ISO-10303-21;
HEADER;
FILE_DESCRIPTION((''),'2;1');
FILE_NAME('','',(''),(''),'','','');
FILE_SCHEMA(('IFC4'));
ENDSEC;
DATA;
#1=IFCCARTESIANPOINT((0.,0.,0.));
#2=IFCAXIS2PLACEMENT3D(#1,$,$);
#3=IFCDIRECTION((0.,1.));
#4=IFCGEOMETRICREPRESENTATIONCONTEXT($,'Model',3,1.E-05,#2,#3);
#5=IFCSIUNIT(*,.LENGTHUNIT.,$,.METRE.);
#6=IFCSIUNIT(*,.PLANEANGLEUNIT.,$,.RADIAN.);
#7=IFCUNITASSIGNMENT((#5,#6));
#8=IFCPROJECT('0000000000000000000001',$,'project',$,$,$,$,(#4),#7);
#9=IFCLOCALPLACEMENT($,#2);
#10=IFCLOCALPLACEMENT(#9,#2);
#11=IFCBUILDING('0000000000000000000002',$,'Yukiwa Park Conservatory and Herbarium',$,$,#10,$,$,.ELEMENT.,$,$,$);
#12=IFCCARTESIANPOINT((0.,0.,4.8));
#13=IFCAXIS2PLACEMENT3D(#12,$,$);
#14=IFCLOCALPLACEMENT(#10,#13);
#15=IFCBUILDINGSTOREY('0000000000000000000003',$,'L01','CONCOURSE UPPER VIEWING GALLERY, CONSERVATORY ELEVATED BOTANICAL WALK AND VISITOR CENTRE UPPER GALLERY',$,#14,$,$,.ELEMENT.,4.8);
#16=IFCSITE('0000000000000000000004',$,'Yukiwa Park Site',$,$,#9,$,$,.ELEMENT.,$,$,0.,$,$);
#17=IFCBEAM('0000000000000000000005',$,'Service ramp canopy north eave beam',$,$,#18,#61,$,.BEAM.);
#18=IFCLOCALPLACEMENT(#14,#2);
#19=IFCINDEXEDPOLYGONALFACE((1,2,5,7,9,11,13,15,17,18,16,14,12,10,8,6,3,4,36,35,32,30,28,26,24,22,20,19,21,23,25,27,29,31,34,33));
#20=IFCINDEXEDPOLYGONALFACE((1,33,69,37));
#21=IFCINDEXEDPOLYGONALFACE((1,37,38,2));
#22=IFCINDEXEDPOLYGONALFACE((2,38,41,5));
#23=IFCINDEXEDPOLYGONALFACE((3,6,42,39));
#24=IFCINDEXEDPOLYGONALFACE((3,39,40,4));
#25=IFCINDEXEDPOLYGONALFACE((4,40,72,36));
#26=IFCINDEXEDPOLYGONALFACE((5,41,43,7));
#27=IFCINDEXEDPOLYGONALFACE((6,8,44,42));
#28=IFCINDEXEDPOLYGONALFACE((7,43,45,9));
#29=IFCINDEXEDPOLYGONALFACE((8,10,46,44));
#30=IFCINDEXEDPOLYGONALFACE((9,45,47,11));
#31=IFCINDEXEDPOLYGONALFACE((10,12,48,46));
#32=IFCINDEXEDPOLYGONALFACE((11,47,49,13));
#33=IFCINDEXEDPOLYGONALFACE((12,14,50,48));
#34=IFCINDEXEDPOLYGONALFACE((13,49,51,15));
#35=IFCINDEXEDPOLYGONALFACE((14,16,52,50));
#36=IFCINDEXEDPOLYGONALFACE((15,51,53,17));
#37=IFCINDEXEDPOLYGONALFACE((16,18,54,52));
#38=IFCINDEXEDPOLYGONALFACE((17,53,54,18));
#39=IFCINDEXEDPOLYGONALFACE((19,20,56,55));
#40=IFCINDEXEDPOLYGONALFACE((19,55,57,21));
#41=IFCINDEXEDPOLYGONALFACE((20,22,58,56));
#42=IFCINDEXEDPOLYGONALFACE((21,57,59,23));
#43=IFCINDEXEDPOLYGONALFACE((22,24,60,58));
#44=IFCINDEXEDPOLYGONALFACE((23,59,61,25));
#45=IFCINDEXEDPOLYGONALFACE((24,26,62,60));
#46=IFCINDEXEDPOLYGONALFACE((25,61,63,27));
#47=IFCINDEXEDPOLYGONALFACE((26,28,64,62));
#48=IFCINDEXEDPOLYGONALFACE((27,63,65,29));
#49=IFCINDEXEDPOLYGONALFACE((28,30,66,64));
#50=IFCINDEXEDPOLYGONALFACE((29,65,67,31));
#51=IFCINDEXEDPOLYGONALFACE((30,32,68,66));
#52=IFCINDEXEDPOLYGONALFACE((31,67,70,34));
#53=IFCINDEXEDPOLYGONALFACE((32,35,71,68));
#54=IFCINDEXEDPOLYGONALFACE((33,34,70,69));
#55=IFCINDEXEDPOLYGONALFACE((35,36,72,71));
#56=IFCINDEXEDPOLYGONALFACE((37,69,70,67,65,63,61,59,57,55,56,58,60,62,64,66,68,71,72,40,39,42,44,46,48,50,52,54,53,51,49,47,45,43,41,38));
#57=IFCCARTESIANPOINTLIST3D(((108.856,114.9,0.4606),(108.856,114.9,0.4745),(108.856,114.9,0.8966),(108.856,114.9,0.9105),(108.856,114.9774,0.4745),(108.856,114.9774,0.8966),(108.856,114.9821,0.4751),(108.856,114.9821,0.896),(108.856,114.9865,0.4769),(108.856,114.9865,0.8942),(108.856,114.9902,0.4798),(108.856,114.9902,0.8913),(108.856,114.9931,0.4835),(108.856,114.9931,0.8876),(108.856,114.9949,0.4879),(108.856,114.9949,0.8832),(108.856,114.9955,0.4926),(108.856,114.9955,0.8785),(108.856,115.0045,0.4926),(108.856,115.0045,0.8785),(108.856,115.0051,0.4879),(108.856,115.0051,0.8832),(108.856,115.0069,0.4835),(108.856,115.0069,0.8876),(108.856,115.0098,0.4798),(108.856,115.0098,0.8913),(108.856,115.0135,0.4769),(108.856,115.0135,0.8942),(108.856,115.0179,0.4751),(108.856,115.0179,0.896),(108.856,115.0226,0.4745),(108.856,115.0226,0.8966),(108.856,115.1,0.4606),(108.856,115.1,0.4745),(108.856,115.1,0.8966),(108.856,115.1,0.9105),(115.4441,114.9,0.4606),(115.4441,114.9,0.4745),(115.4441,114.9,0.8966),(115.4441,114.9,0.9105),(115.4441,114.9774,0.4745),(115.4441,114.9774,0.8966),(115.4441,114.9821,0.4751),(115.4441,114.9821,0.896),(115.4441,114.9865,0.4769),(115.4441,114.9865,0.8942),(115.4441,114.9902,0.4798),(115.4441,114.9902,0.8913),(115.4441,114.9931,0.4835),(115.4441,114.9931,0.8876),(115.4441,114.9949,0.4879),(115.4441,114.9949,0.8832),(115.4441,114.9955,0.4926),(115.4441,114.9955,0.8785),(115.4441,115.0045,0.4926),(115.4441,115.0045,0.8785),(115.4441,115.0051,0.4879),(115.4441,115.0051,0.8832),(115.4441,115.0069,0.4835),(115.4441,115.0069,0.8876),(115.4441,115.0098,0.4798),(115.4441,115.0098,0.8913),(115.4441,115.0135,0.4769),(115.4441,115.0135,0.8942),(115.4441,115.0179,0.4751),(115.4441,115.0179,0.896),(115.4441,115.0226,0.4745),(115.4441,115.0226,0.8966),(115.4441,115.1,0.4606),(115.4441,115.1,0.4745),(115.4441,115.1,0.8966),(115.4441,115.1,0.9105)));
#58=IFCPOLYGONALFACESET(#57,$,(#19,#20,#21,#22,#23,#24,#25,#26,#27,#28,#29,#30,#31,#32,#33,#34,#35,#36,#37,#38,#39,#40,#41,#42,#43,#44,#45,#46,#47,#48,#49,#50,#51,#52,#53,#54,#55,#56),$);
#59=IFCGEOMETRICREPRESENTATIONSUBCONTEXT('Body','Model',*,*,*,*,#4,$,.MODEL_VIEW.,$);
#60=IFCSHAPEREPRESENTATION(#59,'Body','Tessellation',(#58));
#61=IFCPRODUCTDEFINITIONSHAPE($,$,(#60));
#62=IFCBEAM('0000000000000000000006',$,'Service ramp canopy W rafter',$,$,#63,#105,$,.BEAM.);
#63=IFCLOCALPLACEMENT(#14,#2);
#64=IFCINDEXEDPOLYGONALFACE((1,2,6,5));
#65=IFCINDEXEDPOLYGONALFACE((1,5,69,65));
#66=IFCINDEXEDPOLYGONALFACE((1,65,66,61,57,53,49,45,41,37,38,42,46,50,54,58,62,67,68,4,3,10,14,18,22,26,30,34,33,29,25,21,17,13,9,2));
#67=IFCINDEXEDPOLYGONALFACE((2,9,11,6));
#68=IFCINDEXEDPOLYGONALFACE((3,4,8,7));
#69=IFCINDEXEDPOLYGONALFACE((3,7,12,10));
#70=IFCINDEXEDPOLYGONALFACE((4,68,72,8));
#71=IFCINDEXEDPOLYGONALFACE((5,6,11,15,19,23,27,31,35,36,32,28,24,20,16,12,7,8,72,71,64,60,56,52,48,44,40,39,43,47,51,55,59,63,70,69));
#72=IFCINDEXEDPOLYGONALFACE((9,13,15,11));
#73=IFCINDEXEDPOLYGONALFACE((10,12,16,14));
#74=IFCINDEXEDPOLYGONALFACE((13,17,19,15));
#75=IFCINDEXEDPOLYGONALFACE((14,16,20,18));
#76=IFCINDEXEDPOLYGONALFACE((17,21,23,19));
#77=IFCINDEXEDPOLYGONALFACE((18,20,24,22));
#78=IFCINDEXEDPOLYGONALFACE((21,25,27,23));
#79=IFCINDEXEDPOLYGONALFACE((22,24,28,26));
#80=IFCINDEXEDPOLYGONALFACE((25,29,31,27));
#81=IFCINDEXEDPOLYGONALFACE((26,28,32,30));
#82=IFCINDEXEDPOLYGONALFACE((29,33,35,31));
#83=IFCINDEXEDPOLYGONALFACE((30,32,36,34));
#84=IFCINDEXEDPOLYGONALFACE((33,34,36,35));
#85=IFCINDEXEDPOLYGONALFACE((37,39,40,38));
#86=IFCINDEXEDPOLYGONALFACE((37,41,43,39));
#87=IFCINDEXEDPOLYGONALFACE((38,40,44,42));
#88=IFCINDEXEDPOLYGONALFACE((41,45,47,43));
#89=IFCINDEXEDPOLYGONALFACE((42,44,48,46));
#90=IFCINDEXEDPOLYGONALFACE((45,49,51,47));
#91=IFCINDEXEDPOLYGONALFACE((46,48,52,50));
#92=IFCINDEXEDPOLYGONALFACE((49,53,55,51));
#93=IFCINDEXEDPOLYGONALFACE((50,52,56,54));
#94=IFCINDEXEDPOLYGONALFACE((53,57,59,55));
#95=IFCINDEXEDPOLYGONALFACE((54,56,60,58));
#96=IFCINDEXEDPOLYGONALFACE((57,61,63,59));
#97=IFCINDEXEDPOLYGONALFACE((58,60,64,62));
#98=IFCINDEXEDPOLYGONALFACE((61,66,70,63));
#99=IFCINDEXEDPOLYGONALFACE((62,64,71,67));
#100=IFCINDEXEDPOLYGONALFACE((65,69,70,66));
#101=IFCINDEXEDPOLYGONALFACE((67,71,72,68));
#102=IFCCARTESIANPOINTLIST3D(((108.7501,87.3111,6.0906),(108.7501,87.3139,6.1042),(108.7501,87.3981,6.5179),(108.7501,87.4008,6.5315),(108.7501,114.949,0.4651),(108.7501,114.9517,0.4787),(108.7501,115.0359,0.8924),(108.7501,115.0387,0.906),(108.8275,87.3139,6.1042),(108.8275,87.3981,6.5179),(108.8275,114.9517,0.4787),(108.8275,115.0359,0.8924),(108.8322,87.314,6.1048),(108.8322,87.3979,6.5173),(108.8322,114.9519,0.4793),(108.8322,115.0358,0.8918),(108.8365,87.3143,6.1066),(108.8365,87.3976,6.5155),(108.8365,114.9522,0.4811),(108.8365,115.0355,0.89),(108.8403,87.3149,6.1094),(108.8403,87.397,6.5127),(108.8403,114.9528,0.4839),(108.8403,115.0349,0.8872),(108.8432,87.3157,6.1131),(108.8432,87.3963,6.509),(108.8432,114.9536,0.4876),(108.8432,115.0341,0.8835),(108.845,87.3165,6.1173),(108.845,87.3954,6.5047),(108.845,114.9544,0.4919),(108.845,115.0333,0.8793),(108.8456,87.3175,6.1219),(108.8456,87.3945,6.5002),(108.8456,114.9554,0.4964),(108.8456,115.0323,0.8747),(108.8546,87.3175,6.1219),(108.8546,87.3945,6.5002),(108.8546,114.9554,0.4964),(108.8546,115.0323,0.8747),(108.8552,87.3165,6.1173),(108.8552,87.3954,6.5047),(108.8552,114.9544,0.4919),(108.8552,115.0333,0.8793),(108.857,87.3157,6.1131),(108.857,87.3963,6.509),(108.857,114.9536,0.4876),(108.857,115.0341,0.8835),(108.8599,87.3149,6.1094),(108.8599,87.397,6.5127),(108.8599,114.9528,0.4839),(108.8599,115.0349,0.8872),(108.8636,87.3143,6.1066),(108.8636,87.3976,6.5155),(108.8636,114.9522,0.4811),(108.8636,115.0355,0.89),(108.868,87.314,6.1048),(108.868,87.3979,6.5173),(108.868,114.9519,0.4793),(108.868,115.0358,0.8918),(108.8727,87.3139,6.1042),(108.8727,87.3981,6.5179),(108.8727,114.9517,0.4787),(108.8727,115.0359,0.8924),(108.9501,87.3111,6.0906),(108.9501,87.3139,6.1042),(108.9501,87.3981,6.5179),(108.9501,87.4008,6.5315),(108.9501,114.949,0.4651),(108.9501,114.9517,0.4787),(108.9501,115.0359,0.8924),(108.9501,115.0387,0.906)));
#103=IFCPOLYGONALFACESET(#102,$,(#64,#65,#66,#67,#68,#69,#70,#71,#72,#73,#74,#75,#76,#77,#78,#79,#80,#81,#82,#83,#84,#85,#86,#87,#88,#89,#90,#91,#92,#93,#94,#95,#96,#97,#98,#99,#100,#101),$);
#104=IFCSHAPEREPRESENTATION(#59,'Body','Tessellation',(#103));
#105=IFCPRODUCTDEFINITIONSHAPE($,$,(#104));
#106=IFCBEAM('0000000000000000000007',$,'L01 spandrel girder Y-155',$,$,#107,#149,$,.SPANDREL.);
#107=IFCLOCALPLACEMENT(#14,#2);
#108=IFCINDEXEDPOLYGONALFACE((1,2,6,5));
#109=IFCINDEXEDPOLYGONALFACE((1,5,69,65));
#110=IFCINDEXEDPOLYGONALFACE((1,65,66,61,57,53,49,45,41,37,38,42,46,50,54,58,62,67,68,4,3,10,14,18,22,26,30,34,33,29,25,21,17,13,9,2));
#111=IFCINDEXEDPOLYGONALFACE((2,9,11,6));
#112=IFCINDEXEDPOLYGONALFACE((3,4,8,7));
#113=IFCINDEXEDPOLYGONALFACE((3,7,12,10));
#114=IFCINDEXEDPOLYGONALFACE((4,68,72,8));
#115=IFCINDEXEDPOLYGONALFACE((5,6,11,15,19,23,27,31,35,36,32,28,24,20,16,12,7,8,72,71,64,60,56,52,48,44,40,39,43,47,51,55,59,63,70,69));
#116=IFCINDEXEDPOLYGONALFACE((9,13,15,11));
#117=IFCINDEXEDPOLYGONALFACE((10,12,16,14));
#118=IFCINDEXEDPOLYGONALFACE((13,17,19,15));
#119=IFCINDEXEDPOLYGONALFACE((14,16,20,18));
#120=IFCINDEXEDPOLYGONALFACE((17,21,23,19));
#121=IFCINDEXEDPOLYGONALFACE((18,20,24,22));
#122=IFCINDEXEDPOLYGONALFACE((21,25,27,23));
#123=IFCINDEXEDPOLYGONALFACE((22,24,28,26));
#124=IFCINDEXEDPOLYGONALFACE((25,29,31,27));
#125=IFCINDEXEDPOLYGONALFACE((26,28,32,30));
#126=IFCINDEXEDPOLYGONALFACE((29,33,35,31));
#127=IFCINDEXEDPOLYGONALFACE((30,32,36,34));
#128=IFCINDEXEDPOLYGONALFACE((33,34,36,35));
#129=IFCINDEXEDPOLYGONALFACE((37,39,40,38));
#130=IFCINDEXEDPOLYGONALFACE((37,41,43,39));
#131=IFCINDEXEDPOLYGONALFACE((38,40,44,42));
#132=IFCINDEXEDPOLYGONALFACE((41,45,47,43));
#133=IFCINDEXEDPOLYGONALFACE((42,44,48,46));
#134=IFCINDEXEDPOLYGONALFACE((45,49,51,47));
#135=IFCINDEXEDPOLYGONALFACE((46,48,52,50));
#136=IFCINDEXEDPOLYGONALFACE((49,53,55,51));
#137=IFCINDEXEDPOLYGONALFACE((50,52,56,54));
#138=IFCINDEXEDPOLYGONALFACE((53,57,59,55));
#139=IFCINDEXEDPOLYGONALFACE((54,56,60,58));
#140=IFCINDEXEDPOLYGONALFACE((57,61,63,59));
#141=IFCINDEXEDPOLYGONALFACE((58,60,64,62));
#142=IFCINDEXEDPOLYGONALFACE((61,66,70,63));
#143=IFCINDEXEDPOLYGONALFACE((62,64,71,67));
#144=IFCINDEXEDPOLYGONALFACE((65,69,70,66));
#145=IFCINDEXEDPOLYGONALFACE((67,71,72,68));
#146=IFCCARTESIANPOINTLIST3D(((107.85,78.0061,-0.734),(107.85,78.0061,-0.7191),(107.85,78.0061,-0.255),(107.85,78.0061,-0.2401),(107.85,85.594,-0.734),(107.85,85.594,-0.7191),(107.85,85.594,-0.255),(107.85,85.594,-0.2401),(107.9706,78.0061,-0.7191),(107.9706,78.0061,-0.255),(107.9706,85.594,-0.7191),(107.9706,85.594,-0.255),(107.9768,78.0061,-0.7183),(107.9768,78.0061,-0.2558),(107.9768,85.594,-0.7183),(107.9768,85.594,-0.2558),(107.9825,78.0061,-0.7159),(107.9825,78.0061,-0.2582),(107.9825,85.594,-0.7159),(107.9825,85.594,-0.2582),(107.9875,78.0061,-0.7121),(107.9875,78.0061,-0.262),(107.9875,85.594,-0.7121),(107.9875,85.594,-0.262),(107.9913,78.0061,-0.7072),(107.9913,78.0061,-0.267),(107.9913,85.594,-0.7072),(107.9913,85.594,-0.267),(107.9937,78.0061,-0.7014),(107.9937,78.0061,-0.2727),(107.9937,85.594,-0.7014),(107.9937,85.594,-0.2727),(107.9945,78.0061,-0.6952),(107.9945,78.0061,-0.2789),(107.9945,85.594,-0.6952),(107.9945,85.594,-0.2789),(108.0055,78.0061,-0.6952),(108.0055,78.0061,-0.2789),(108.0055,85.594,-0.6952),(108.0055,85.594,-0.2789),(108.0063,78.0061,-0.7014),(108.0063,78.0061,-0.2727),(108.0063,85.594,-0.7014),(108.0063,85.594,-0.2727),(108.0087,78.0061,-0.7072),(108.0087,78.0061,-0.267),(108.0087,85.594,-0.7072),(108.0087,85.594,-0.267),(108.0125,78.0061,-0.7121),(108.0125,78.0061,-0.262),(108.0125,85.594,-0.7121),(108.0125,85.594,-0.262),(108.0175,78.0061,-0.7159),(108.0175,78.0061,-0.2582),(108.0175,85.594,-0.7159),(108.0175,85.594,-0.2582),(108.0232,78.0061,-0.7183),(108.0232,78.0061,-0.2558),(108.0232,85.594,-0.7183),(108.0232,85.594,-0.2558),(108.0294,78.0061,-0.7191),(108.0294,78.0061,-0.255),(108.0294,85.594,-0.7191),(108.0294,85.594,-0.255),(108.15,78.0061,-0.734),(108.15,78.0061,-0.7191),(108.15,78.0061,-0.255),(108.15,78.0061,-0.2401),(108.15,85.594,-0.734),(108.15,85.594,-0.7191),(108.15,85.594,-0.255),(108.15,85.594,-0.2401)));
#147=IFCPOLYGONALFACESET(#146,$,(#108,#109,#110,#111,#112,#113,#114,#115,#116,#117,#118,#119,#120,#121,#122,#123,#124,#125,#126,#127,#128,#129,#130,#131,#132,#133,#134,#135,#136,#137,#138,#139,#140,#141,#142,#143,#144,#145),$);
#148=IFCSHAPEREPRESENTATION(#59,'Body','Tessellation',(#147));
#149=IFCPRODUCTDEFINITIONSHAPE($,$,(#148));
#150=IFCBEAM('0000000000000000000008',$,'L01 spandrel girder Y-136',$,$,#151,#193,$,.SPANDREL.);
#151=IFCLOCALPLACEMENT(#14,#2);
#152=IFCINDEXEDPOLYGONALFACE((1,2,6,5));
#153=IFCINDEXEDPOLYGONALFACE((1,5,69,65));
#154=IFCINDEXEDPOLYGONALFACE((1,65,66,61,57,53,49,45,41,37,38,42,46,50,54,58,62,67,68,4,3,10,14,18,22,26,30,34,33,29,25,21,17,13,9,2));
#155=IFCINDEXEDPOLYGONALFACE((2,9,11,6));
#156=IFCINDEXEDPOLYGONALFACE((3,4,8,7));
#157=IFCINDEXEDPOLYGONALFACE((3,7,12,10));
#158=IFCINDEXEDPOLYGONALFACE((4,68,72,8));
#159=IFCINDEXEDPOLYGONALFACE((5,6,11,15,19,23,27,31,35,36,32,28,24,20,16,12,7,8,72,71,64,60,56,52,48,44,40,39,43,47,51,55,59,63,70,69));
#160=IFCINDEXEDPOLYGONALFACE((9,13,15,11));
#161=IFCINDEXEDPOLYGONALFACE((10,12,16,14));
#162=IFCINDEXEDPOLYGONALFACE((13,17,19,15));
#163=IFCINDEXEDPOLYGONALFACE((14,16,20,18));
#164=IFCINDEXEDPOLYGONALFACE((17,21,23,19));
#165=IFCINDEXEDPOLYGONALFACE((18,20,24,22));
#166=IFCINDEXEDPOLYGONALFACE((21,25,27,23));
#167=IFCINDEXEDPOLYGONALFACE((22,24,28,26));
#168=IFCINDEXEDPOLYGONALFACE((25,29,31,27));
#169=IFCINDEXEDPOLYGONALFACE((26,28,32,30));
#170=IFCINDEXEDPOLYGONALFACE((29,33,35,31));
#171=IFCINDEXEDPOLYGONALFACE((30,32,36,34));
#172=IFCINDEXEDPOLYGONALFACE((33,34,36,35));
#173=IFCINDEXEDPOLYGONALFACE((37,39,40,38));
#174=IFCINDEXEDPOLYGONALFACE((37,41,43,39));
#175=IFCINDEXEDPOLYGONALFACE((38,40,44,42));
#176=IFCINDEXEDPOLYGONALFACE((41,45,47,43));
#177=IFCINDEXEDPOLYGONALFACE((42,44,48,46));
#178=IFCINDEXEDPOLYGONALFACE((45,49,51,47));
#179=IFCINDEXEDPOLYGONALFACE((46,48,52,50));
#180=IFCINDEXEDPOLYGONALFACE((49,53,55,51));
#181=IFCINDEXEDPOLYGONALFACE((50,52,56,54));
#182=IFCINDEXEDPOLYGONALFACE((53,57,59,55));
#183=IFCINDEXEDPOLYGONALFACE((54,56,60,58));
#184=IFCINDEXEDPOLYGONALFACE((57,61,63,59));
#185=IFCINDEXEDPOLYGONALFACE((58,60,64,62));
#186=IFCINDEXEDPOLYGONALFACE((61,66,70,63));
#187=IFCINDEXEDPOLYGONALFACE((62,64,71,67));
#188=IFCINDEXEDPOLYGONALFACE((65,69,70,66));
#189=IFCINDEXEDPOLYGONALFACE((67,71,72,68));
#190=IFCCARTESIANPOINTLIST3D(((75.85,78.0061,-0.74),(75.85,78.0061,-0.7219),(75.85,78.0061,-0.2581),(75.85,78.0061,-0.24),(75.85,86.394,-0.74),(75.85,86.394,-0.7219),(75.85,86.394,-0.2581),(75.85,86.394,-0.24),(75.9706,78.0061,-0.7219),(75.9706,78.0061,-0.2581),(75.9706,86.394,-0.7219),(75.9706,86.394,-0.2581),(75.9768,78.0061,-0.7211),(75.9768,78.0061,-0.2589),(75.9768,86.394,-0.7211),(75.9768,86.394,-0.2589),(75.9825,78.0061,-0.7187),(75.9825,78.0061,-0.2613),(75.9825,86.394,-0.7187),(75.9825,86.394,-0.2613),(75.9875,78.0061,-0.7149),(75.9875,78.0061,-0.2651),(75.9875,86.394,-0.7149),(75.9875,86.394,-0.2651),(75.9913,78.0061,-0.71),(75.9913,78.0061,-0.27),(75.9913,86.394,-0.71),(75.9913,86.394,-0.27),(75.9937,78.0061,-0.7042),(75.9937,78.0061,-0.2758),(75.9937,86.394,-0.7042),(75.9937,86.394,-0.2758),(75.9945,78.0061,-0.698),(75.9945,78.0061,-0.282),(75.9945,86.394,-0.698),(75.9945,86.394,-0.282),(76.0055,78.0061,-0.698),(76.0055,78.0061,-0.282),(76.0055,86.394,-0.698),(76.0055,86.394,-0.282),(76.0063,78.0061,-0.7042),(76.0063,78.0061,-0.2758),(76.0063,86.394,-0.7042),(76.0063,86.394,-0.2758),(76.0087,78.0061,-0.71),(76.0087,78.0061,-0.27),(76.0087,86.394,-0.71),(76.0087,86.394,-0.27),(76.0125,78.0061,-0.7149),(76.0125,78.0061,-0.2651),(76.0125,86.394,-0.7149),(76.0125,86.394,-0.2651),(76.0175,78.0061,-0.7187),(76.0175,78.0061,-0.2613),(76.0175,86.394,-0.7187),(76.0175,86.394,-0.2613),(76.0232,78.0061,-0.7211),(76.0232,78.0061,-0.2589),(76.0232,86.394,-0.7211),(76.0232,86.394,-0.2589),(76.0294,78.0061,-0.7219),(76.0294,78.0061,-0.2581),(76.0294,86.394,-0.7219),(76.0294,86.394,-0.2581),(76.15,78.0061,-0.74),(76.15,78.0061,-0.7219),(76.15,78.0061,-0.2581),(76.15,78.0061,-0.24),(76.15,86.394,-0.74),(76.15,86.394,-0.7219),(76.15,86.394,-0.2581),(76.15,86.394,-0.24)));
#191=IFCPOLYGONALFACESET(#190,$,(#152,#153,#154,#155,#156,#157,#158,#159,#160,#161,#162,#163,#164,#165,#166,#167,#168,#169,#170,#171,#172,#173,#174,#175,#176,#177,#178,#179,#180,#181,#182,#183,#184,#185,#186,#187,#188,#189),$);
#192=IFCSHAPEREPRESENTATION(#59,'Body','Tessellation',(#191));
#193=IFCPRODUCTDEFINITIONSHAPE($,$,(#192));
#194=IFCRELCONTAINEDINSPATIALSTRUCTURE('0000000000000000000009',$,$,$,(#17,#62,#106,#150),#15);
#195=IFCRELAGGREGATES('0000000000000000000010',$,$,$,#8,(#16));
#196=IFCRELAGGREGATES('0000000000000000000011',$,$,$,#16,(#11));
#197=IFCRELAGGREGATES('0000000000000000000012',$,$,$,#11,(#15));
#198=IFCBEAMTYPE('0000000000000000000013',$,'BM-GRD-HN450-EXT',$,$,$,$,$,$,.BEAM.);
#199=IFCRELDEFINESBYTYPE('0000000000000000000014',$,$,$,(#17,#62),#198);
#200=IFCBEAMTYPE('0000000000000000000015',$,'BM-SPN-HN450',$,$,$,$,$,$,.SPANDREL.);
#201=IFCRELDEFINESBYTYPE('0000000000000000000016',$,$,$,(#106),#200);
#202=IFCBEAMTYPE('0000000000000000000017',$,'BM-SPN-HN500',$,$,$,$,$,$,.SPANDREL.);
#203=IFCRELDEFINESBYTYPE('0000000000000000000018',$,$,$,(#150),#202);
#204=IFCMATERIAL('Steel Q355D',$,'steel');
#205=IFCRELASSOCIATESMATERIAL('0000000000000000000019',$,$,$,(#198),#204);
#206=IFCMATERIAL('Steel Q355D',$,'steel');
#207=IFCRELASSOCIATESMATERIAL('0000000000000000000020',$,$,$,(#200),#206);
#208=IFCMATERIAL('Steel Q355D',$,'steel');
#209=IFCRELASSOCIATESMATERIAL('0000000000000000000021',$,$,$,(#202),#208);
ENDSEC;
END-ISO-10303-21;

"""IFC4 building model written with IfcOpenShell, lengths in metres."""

from ifc_helpers import new_model, si_unit, direction, frame, origin, origin_2d, place, context, subcontext, project, spatial, i_section, extrude, material, material_profile, profile_set, type_object, element, save


model = new_model("IFC4")

# Units and contexts
model_context = context("Model", 3, precision=1e-05, world=origin(), true_north=direction((0.0, 1.0)))
body_context = subcontext(model_context, "Body", "Model", "MODEL_VIEW")
ifc_project = project(units=[si_unit("LENGTHUNIT", "METRE"), si_unit("PLANEANGLEUNIT", "RADIAN")], contexts=[model_context])

# Site, building, storey
site_placement = place(None, origin())
site = spatial("IfcSite", under=ifc_project, at=site_placement, Name="Yukiwa Park Site", CompositionType="ELEMENT", RefElevation=0.0)
building_placement = place(site_placement, origin())
building = spatial("IfcBuilding", under=site, at=building_placement, Name="Yukiwa Park Conservatory and Herbarium", CompositionType="ELEMENT")
storey_placement = place(building_placement, frame((0.0, 0.0, 4.8)))
storey = spatial("IfcBuildingStorey", under=building, at=storey_placement, Name="L01", Description="CONCOURSE UPPER VIEWING GALLERY, CONSERVATORY ELEVATED BOTANICAL WALK AND VISITOR CENTRE UPPER GALLERY", CompositionType="ELEMENT", Elevation=4.8)

# Beams
ifc_material_1 = material(Name="Steel Q355D", Category="steel")
ifc_material_profile_1 = material_profile(ifc_material_1, i_section(OverallWidth=0.2, OverallDepth=0.45, WebThickness=0.009, FlangeThickness=0.0139, FilletRadius=0.0181, at=origin_2d()), Name="HN 450x200x9x14")
ifc_profile_set_1 = profile_set([ifc_material_profile_1], Name="Steel Q355D")
beam_type_1 = type_object("IfcBeamType", Name="BM-GRD-HN450-EXT", PredefinedType="BEAM", material=ifc_profile_set_1)
beam_1_placement = place(storey_placement, frame((108.856, 115.0, 0.6855), z_axis=(1.0, 0.0, 0.0), x_axis=(0.0, 1.0, 0.0)))
element("IfcBeam", 1, at=beam_1_placement, inside=storey, type_object=beam_type_1, Name="Service ramp canopy north eave beam", PredefinedType="BEAM", context=body_context, shape_type="SweptSolid", body=[
    extrude(i_section(OverallWidth=0.2, OverallDepth=0.45, WebThickness=0.009, FlangeThickness=0.0139, FilletRadius=0.0181, at=origin_2d()), origin(), (0.0, 0.0, 1.0), 6.5881),
])
beam_2_placement = place(storey_placement, frame((108.8501, 87.356, 6.311), z_axis=(0.0, 0.979907, -0.199453), x_axis=(-1.0, 0.0, 0.0)))
element("IfcBeam", 2, at=beam_2_placement, inside=storey, type_object=beam_type_1, Name="Service ramp canopy W rafter", PredefinedType="BEAM", context=body_context, shape_type="SweptSolid", body=[
    extrude(i_section(OverallWidth=0.2, OverallDepth=0.45, WebThickness=0.009, FlangeThickness=0.0139, FilletRadius=0.0181, at=origin_2d()), origin(), (0.0, 0.0, 1.0), 28.2046),
])
ifc_material_2 = material(Name="Steel Q355D", Category="steel")
ifc_material_profile_2 = material_profile(ifc_material_2, i_section(OverallWidth=0.3, OverallDepth=0.4939, WebThickness=0.011, FlangeThickness=0.0149, FilletRadius=0.0239, at=origin_2d()), Name="HM 494x300x11x15")
ifc_profile_set_2 = profile_set([ifc_material_profile_2], Name="Steel Q355D")
beam_type_2 = type_object("IfcBeamType", Name="BM-SPN-HN450", PredefinedType="SPANDREL", material=ifc_profile_set_2)
beam_3_placement = place(storey_placement, frame((108.0, 78.0061, -0.4871), z_axis=(0.0, 1.0, 0.0), x_axis=(-1.0, 0.0, 0.0)))
element("IfcBeam", 3, at=beam_3_placement, inside=storey, type_object=beam_type_2, Name="L01 spandrel girder Y-155", PredefinedType="SPANDREL", context=body_context, shape_type="SweptSolid", body=[
    extrude(i_section(OverallWidth=0.3, OverallDepth=0.4939, WebThickness=0.011, FlangeThickness=0.0149, FilletRadius=0.0239, at=origin_2d()), origin(), (0.0, 0.0, 1.0), 7.5879),
])
ifc_material_3 = material(Name="Steel Q355D", Category="steel")
ifc_material_profile_3 = material_profile(ifc_material_3, i_section(OverallWidth=0.3, OverallDepth=0.5, WebThickness=0.011, FlangeThickness=0.0181, FilletRadius=0.0239, at=origin_2d()), Name="HM 500x300x11x18")
ifc_profile_set_3 = profile_set([ifc_material_profile_3], Name="Steel Q355D")
beam_type_3 = type_object("IfcBeamType", Name="BM-SPN-HN500", PredefinedType="SPANDREL", material=ifc_profile_set_3)
beam_4_placement = place(storey_placement, frame((76.0, 78.0061, -0.49), z_axis=(0.0, 1.0, 0.0), x_axis=(-1.0, 0.0, 0.0)))
element("IfcBeam", 4, at=beam_4_placement, inside=storey, type_object=beam_type_3, Name="L01 spandrel girder Y-136", PredefinedType="SPANDREL", context=body_context, shape_type="SweptSolid", body=[
    extrude(i_section(OverallWidth=0.3, OverallDepth=0.5, WebThickness=0.011, FlangeThickness=0.0181, FilletRadius=0.0239, at=origin_2d()), origin(), (0.0, 0.0, 1.0), 8.3879),
])

save(model, "model.ifc")
